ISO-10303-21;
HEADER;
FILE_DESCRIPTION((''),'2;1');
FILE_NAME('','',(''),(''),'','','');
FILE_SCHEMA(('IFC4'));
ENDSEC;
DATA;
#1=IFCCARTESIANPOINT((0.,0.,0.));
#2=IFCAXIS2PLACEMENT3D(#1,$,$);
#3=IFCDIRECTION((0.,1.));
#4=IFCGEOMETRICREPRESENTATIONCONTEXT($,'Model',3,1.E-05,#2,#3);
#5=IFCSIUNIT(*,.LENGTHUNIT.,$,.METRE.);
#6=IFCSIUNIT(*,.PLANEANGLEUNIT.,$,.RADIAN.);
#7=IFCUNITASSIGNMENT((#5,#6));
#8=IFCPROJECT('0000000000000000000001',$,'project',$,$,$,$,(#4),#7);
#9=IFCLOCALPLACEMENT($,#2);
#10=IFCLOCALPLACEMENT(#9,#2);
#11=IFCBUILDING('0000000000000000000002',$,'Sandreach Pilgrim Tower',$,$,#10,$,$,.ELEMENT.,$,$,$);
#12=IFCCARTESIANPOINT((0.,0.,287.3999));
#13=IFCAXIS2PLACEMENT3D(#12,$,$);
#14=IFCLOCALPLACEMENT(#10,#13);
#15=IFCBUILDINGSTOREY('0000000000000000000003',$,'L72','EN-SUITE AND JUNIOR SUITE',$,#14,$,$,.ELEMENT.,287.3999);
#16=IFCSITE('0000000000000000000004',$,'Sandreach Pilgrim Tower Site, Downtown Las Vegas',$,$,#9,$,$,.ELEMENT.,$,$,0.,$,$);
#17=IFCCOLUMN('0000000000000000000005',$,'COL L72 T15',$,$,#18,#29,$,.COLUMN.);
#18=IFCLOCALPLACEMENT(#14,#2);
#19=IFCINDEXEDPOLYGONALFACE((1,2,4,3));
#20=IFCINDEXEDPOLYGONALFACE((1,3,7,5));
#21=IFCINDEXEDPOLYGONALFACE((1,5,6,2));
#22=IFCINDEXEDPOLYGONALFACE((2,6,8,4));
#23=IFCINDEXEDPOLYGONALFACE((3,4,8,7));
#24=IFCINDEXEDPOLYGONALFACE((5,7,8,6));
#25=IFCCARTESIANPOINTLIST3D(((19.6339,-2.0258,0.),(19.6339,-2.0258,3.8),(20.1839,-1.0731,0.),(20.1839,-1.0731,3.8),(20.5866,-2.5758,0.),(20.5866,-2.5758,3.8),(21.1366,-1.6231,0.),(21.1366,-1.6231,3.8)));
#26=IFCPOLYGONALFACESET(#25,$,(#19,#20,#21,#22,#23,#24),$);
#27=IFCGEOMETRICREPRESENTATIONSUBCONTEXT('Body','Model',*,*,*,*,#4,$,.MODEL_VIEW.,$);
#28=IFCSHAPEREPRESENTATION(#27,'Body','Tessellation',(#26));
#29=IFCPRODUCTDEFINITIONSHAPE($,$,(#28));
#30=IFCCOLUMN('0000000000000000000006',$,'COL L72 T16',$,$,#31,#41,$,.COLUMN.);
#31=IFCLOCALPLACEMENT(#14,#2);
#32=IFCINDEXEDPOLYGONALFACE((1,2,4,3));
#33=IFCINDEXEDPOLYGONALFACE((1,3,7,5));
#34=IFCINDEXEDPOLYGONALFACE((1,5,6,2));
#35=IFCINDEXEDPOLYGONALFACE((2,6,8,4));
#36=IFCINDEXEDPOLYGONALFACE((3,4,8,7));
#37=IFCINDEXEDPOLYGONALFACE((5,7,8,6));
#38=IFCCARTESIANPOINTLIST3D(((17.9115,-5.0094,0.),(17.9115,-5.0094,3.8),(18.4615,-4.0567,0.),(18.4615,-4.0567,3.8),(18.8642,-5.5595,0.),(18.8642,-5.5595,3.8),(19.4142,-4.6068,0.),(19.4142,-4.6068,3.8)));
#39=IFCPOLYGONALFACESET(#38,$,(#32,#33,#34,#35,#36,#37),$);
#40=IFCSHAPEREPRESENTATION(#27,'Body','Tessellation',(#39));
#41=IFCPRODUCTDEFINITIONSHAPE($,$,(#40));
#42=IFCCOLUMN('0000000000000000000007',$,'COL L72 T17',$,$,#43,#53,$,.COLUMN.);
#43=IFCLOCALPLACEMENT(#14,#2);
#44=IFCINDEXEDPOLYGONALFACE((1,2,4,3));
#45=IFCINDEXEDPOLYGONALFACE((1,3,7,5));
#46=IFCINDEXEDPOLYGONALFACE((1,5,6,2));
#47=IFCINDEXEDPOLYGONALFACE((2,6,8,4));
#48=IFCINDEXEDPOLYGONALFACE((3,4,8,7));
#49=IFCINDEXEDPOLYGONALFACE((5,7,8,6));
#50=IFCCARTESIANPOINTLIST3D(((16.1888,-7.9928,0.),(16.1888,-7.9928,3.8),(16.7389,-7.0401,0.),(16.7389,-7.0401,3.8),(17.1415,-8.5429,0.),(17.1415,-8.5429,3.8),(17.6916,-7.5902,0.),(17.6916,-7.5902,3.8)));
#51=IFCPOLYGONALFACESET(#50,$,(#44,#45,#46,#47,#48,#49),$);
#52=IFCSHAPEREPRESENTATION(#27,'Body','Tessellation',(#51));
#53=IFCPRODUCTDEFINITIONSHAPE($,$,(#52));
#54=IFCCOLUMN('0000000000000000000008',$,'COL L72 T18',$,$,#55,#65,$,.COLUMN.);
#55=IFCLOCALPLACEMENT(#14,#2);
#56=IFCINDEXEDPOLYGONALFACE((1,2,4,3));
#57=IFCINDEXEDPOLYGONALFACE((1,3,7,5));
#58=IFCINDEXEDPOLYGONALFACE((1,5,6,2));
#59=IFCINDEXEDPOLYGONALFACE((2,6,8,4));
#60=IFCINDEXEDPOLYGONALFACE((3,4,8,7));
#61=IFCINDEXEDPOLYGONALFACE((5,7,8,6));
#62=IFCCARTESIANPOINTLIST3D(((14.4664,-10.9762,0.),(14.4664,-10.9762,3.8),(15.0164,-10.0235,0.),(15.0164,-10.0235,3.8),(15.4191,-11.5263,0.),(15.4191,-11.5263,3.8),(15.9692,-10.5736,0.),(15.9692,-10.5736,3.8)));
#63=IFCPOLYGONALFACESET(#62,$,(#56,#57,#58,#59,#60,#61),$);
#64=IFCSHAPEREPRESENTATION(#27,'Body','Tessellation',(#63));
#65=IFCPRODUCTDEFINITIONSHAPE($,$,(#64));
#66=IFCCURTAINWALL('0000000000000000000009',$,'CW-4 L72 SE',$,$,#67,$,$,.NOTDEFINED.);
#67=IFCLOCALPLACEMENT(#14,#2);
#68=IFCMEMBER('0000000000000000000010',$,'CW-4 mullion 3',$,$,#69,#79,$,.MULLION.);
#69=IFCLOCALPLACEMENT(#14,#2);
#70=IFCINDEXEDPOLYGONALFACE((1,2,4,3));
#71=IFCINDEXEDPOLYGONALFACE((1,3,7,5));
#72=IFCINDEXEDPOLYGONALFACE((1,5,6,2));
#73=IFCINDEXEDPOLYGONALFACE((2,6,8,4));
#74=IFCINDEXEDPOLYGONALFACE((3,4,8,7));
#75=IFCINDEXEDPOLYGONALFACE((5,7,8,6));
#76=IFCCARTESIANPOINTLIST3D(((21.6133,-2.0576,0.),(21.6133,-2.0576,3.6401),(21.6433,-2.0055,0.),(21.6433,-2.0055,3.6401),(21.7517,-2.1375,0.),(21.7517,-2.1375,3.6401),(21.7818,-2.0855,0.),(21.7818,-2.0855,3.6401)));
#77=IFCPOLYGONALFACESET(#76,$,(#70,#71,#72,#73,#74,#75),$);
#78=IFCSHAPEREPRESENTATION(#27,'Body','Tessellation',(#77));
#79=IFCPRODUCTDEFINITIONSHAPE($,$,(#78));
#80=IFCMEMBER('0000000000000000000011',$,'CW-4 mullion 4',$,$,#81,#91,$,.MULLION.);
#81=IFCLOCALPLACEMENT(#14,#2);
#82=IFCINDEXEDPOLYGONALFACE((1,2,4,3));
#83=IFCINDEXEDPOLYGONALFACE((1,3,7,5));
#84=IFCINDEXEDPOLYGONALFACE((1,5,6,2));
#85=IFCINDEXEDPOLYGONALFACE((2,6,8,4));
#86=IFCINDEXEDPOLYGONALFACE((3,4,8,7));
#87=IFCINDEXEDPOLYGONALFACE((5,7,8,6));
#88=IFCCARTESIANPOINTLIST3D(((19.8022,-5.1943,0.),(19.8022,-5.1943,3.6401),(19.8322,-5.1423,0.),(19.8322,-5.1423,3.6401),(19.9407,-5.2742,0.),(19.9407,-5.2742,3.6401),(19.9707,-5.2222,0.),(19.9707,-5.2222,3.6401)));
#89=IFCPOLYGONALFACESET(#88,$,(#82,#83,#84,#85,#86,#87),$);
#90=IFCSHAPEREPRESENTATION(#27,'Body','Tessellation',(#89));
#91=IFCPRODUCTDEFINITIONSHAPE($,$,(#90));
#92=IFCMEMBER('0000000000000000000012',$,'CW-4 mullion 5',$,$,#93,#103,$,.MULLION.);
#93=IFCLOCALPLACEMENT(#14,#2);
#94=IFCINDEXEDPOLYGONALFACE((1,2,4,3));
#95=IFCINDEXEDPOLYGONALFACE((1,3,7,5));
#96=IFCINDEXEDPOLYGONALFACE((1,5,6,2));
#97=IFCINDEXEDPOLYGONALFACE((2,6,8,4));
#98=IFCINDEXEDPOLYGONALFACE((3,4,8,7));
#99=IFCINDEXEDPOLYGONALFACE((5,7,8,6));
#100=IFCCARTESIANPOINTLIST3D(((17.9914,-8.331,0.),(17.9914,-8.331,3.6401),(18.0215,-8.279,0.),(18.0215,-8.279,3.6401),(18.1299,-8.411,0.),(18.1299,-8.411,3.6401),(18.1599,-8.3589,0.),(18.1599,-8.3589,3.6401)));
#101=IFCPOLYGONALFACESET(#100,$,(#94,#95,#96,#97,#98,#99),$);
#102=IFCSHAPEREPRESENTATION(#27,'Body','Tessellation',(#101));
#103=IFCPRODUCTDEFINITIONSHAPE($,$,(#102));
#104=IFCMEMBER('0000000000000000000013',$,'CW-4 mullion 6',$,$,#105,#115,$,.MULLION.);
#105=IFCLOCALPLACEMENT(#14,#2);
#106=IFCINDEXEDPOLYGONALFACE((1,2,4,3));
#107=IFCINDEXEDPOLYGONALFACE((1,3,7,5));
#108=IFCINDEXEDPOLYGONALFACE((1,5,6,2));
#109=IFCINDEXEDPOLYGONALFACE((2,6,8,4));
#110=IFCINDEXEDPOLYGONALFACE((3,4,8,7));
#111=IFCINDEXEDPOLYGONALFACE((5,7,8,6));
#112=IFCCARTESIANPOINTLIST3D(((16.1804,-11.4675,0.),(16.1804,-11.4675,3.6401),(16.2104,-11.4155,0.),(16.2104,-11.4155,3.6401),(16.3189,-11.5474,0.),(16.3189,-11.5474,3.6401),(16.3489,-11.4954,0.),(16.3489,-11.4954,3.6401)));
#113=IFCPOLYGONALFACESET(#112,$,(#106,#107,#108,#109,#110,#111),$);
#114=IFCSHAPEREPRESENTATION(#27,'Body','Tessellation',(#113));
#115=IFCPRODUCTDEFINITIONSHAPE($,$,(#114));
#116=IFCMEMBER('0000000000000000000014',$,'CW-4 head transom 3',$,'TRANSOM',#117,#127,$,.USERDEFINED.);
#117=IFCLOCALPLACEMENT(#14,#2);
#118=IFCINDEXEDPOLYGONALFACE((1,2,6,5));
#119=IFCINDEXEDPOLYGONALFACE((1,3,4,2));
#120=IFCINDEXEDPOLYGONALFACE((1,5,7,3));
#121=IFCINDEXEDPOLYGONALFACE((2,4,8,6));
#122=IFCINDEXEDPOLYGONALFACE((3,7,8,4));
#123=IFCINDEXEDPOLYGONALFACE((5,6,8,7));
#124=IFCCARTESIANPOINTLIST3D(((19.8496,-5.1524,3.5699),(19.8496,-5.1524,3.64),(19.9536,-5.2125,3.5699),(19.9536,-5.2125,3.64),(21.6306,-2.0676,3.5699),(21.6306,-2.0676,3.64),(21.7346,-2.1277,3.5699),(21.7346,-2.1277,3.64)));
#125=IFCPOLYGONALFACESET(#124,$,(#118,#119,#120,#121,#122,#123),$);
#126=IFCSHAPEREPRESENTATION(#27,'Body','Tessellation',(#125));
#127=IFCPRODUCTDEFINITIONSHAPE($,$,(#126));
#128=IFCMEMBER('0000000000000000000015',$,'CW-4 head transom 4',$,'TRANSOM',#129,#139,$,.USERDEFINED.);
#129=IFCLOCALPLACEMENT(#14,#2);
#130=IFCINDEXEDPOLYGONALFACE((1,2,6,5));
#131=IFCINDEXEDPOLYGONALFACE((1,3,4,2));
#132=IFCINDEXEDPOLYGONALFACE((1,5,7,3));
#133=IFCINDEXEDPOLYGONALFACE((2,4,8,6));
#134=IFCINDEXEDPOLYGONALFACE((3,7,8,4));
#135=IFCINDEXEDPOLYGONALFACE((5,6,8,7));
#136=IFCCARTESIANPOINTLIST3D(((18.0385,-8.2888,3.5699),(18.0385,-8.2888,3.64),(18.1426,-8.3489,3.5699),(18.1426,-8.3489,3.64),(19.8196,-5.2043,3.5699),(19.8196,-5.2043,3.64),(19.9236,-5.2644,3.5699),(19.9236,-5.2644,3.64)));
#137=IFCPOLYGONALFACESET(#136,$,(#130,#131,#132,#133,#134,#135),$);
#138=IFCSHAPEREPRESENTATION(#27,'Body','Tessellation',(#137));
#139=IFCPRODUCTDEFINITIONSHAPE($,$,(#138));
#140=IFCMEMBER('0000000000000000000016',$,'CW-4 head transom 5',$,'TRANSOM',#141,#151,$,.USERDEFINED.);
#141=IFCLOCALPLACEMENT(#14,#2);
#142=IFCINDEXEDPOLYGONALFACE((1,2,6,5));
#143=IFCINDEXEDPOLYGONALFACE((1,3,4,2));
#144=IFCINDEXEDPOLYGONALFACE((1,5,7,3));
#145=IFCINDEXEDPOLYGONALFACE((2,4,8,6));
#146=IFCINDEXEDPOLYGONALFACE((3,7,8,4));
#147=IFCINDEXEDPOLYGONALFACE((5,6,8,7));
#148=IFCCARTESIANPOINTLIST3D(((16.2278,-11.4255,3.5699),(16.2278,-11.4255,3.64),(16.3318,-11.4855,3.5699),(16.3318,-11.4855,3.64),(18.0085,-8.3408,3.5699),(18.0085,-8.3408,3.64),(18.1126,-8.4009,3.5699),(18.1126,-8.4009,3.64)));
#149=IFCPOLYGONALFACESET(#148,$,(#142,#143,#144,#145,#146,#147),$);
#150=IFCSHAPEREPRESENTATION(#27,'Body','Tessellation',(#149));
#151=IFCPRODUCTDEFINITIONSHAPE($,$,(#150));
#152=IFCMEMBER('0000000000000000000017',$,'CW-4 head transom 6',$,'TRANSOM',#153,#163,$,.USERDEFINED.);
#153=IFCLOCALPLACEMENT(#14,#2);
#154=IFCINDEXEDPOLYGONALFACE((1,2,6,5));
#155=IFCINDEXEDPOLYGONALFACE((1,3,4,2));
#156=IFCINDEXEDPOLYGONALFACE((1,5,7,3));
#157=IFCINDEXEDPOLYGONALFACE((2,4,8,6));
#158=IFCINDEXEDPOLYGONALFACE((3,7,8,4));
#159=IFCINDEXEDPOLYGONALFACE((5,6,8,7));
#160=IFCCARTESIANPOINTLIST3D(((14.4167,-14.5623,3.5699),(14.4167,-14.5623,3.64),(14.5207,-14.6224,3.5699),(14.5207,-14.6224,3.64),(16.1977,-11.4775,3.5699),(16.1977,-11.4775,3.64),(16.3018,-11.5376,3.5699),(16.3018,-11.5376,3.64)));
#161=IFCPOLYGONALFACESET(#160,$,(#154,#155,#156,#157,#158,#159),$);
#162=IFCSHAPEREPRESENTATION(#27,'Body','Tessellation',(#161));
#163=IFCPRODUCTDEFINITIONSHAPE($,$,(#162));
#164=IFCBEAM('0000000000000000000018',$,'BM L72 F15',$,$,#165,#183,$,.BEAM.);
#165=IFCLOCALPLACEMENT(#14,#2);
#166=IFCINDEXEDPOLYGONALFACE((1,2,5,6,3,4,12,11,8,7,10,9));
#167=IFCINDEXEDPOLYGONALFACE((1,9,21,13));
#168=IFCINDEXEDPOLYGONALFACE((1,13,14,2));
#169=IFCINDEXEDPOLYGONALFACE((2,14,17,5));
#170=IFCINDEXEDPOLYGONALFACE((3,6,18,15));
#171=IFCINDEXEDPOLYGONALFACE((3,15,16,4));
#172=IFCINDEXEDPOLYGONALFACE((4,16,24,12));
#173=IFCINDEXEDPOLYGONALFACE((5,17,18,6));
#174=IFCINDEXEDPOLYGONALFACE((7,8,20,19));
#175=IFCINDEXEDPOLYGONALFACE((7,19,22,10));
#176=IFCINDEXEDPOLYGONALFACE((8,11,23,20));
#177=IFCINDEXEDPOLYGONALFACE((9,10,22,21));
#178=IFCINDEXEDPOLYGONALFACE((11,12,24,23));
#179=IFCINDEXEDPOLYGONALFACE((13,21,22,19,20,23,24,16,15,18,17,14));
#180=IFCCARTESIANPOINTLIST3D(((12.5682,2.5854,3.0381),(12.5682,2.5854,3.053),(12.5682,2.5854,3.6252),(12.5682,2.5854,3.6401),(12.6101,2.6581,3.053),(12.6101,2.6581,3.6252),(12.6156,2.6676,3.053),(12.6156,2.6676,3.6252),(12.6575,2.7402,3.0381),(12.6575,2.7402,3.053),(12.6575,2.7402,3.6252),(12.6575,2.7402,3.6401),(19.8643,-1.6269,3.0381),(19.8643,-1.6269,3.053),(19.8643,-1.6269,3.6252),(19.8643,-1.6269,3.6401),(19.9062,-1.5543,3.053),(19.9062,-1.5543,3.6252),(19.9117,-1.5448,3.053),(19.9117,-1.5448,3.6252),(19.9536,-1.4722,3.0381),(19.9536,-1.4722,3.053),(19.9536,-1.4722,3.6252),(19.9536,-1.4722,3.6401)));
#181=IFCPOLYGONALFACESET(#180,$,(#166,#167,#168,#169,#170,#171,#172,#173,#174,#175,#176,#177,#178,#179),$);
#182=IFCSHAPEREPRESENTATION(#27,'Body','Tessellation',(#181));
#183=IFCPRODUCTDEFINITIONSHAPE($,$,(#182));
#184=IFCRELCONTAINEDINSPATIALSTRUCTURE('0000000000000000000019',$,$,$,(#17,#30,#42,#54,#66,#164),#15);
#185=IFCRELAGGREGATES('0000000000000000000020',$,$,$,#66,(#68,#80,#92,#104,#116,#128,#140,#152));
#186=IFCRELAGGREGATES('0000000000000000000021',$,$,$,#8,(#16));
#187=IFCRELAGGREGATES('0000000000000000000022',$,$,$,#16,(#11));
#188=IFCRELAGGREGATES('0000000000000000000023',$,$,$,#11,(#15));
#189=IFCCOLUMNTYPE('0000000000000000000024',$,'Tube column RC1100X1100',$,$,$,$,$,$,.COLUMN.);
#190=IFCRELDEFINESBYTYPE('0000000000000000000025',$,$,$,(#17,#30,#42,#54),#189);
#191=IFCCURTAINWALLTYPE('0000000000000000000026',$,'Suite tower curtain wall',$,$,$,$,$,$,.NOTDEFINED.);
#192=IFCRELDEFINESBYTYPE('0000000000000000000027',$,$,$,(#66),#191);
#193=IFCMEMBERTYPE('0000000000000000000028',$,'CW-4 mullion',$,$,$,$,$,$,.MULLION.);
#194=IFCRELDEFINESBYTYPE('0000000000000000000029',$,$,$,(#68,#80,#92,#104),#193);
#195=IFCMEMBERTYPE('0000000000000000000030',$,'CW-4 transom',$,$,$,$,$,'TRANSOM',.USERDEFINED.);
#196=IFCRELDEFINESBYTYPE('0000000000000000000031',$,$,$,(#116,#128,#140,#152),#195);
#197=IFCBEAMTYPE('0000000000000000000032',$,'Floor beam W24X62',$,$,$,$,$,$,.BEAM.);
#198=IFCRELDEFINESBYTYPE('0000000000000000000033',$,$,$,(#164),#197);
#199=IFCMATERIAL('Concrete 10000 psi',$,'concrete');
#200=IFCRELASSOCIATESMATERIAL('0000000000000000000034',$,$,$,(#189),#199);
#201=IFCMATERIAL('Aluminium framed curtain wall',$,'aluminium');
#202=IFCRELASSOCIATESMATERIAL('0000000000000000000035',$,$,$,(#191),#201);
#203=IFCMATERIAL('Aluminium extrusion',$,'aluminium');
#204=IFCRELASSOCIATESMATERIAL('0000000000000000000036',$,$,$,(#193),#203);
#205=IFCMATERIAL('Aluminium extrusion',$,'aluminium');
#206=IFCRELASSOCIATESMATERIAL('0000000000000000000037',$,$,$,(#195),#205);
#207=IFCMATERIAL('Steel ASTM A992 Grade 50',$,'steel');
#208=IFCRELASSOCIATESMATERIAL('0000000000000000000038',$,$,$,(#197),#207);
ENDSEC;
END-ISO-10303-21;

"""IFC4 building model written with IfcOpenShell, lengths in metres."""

from ifc_helpers import new_model, si_unit, direction, frame, origin, origin_2d, place, context, subcontext, project, spatial, rectangle, i_section, extrude, material, material_profile, profile_set, type_object, element, aggregate, save


model = new_model("IFC4")

# Units and contexts
model_context = context("Model", 3, precision=1e-05, world=origin(), true_north=direction((0.0, 1.0)))
body_context = subcontext(model_context, "Body", "Model", "MODEL_VIEW")
ifc_project = project(units=[si_unit("LENGTHUNIT", "METRE"), si_unit("PLANEANGLEUNIT", "RADIAN")], contexts=[model_context])

# Site, building, storey
site_placement = place(None, origin())
site = spatial("IfcSite", under=ifc_project, at=site_placement, Name="Sandreach Pilgrim Tower Site, Downtown Las Vegas", CompositionType="ELEMENT", RefElevation=0.0)
building_placement = place(site_placement, origin())
building = spatial("IfcBuilding", under=site, at=building_placement, Name="Sandreach Pilgrim Tower", CompositionType="ELEMENT")
storey_placement = place(building_placement, frame((0.0, 0.0, 287.3999)))
storey = spatial("IfcBuildingStorey", under=building, at=storey_placement, Name="L72", Description="EN-SUITE AND JUNIOR SUITE", CompositionType="ELEMENT", Elevation=287.3999)

# Columns
ifc_material_1 = material(Name="Concrete 10000 psi", Category="concrete")
ifc_material_profile_1 = material_profile(ifc_material_1, rectangle(XDim=1.1001, YDim=1.1001, at=origin_2d()), Name="RC1100X1100")
ifc_profile_set_1 = profile_set([ifc_material_profile_1], Name="Concrete 10000 psi")
column_type = type_object("IfcColumnType", Name="Tube column RC1100X1100", PredefinedType="COLUMN", material=ifc_profile_set_1)
for number, where, z_axis, x_axis, name in (
    (1, (20.3853, -1.8245, 0.0), (0.0, 0.0, 1.0), (0.866025, -0.5, 0.0), "COL L72 T15"),
    (2, (18.6628, -4.8081, 0.0), (0.0, 0.0, 1.0), (0.866025, -0.5, 0.0), "COL L72 T16"),
    (3, (16.9402, -7.7915, 0.0), (0.0, 0.0, 1.0), (0.866025, -0.5, 0.0), "COL L72 T17"),
    (4, (15.2178, -10.7749, 0.0), (0.0, 0.0, 1.0), (0.866025, -0.5, 0.0), "COL L72 T18"),
):
    element("IfcColumn", number, at=place(storey_placement, frame(where, z_axis=z_axis, x_axis=x_axis)), inside=storey, type_object=column_type, Name=name, PredefinedType="COLUMN", context=body_context, shape_type="SweptSolid", body=[
        extrude(rectangle(XDim=1.1001, YDim=1.1001, at=origin_2d()), origin(), (0.0, 0.0, 1.0), 3.8),
    ])

# Curtain wall, members
ifc_material_2 = material(Name="Aluminium framed curtain wall", Category="aluminium")
curtain_wall_type = type_object("IfcCurtainWallType", Name="Suite tower curtain wall", PredefinedType="NOTDEFINED", material=ifc_material_2)
curtain_wall_placement = place(storey_placement, origin())
curtain_wall = element("IfcCurtainWall", 5, at=curtain_wall_placement, inside=storey, type_object=curtain_wall_type, Name="CW-4 L72 SE", PredefinedType="NOTDEFINED")
ifc_material_3 = material(Name="Aluminium extrusion", Category="aluminium")
ifc_material_profile_2 = material_profile(ifc_material_3, rectangle(XDim=0.0601, YDim=0.1599, at=origin_2d()), Name="CW-4M 60X160")
ifc_profile_set_2 = profile_set([ifc_material_profile_2], Name="Aluminium extrusion")
member_type_1 = type_object("IfcMemberType", Name="CW-4 mullion", PredefinedType="MULLION", material=ifc_profile_set_2)
member_1_placement = place(storey_placement, frame((21.6975, -2.0715, 0.0), z_axis=(0.0, 0.0, 1.0), x_axis=(-0.5, -0.866025, 0.0)))
member_1 = element("IfcMember", 6, at=member_1_placement, type_object=member_type_1, Name="CW-4 mullion 3", PredefinedType="MULLION", context=body_context, shape_type="SweptSolid", body=[
    extrude(rectangle(XDim=0.0601, YDim=0.1599, at=origin_2d()), origin(), (0.0, 0.0, 1.0), 3.6401),
])
member_2_placement = place(storey_placement, frame((19.8865, -5.2083, 0.0), z_axis=(0.0, 0.0, 1.0), x_axis=(-0.5, -0.866025, 0.0)))
member_2 = element("IfcMember", 7, at=member_2_placement, type_object=member_type_1, Name="CW-4 mullion 4", PredefinedType="MULLION", context=body_context, shape_type="SweptSolid", body=[
    extrude(rectangle(XDim=0.0601, YDim=0.1599, at=origin_2d()), origin(), (0.0, 0.0, 1.0), 3.6401),
])
member_3_placement = place(storey_placement, frame((18.0757, -8.345, 0.0), z_axis=(0.0, 0.0, 1.0), x_axis=(-0.5, -0.866025, 0.0)))
member_3 = element("IfcMember", 8, at=member_3_placement, type_object=member_type_1, Name="CW-4 mullion 5", PredefinedType="MULLION", context=body_context, shape_type="SweptSolid", body=[
    extrude(rectangle(XDim=0.0601, YDim=0.1599, at=origin_2d()), origin(), (0.0, 0.0, 1.0), 3.6401),
])
member_4_placement = place(storey_placement, frame((16.2646, -11.4814, 0.0), z_axis=(0.0, 0.0, 1.0), x_axis=(-0.5, -0.866025, 0.0)))
member_4 = element("IfcMember", 9, at=member_4_placement, type_object=member_type_1, Name="CW-4 mullion 6", PredefinedType="MULLION", context=body_context, shape_type="SweptSolid", body=[
    extrude(rectangle(XDim=0.0601, YDim=0.1599, at=origin_2d()), origin(), (0.0, 0.0, 1.0), 3.6401),
])
ifc_material_4 = material(Name="Aluminium extrusion", Category="aluminium")
ifc_material_profile_3 = material_profile(ifc_material_4, rectangle(XDim=0.1201, YDim=0.0701, at=origin_2d()), Name="CW-4T 120X70")
ifc_profile_set_3 = profile_set([ifc_material_profile_3], Name="Aluminium extrusion")
member_type_2 = type_object("IfcMemberType", Name="CW-4 transom", ElementType="TRANSOM", PredefinedType="USERDEFINED", material=ifc_profile_set_3)
member_5_placement = place(storey_placement, frame((21.6826, -2.0977, 3.605), z_axis=(-0.500009, -0.86602, 0.0), x_axis=(0.86602, -0.500009, 0.0)))
member_5 = element("IfcMember", 10, at=member_5_placement, type_object=member_type_2, Name="CW-4 head transom 3", ObjectType="TRANSOM", PredefinedType="USERDEFINED", context=body_context, shape_type="SweptSolid", body=[
    extrude(rectangle(XDim=0.1201, YDim=0.0701, at=origin_2d()), origin(), (0.0, 0.0, 1.0), 3.562),
])
member_6_placement = place(storey_placement, frame((19.8716, -5.2344, 3.605), z_axis=(-0.500039, -0.866003, 0.0), x_axis=(0.866003, -0.500039, 0.0)))
member_6 = element("IfcMember", 11, at=member_6_placement, type_object=member_type_2, Name="CW-4 head transom 4", ObjectType="TRANSOM", PredefinedType="USERDEFINED", context=body_context, shape_type="SweptSolid", body=[
    extrude(rectangle(XDim=0.1201, YDim=0.0701, at=origin_2d()), origin(), (0.0, 0.0, 1.0), 3.5618),
])
member_7_placement = place(storey_placement, frame((18.0605, -8.3708, 3.605), z_axis=(-0.499958, -0.86605, 0.0), x_axis=(0.86605, -0.499958, 0.0)))
member_7 = element("IfcMember", 12, at=member_7_placement, type_object=member_type_2, Name="CW-4 head transom 5", ObjectType="TRANSOM", PredefinedType="USERDEFINED", context=body_context, shape_type="SweptSolid", body=[
    extrude(rectangle(XDim=0.1201, YDim=0.0701, at=origin_2d()), origin(), (0.0, 0.0, 1.0), 3.5618),
])
member_8_placement = place(storey_placement, frame((16.2498, -11.5076, 3.605), z_axis=(-0.500009, -0.86602, 0.0), x_axis=(0.86602, -0.500009, 0.0)))
member_8 = element("IfcMember", 13, at=member_8_placement, type_object=member_type_2, Name="CW-4 head transom 6", ObjectType="TRANSOM", PredefinedType="USERDEFINED", context=body_context, shape_type="SweptSolid", body=[
    extrude(rectangle(XDim=0.1201, YDim=0.0701, at=origin_2d()), origin(), (0.0, 0.0, 1.0), 3.562),
])

# Beam
ifc_material_5 = material(Name="Steel ASTM A992 Grade 50", Category="steel")
ifc_material_profile_4 = material_profile(ifc_material_5, i_section(OverallWidth=0.1787, OverallDepth=0.6021, WebThickness=0.011, FlangeThickness=0.0149, at=origin_2d()), Name="W24X62")
ifc_profile_set_4 = profile_set([ifc_material_profile_4], Name="Steel ASTM A992 Grade 50")
beam_type_1 = type_object("IfcBeamType", Name="Floor beam W24X62", PredefinedType="BEAM", material=ifc_profile_set_4)
beam_1_placement = place(storey_placement, frame((19.9089, -1.5496, 3.3391), z_axis=(-0.866027, 0.499998, 0.0), x_axis=(-0.499998, -0.866027, 0.0)))
element("IfcBeam", 14, at=beam_1_placement, inside=storey, type_object=beam_type_1, Name="BM L72 F15", PredefinedType="BEAM", context=body_context, shape_type="SweptSolid", body=[
    extrude(i_section(OverallWidth=0.1787, OverallDepth=0.6021, WebThickness=0.011, FlangeThickness=0.0149, at=origin_2d()), origin(), (0.0, 0.0, 1.0), 8.4248),
])

aggregate(curtain_wall, [member_1, member_2, member_3, member_4, member_5, member_6, member_7, member_8])

save(model, "model.ifc")
